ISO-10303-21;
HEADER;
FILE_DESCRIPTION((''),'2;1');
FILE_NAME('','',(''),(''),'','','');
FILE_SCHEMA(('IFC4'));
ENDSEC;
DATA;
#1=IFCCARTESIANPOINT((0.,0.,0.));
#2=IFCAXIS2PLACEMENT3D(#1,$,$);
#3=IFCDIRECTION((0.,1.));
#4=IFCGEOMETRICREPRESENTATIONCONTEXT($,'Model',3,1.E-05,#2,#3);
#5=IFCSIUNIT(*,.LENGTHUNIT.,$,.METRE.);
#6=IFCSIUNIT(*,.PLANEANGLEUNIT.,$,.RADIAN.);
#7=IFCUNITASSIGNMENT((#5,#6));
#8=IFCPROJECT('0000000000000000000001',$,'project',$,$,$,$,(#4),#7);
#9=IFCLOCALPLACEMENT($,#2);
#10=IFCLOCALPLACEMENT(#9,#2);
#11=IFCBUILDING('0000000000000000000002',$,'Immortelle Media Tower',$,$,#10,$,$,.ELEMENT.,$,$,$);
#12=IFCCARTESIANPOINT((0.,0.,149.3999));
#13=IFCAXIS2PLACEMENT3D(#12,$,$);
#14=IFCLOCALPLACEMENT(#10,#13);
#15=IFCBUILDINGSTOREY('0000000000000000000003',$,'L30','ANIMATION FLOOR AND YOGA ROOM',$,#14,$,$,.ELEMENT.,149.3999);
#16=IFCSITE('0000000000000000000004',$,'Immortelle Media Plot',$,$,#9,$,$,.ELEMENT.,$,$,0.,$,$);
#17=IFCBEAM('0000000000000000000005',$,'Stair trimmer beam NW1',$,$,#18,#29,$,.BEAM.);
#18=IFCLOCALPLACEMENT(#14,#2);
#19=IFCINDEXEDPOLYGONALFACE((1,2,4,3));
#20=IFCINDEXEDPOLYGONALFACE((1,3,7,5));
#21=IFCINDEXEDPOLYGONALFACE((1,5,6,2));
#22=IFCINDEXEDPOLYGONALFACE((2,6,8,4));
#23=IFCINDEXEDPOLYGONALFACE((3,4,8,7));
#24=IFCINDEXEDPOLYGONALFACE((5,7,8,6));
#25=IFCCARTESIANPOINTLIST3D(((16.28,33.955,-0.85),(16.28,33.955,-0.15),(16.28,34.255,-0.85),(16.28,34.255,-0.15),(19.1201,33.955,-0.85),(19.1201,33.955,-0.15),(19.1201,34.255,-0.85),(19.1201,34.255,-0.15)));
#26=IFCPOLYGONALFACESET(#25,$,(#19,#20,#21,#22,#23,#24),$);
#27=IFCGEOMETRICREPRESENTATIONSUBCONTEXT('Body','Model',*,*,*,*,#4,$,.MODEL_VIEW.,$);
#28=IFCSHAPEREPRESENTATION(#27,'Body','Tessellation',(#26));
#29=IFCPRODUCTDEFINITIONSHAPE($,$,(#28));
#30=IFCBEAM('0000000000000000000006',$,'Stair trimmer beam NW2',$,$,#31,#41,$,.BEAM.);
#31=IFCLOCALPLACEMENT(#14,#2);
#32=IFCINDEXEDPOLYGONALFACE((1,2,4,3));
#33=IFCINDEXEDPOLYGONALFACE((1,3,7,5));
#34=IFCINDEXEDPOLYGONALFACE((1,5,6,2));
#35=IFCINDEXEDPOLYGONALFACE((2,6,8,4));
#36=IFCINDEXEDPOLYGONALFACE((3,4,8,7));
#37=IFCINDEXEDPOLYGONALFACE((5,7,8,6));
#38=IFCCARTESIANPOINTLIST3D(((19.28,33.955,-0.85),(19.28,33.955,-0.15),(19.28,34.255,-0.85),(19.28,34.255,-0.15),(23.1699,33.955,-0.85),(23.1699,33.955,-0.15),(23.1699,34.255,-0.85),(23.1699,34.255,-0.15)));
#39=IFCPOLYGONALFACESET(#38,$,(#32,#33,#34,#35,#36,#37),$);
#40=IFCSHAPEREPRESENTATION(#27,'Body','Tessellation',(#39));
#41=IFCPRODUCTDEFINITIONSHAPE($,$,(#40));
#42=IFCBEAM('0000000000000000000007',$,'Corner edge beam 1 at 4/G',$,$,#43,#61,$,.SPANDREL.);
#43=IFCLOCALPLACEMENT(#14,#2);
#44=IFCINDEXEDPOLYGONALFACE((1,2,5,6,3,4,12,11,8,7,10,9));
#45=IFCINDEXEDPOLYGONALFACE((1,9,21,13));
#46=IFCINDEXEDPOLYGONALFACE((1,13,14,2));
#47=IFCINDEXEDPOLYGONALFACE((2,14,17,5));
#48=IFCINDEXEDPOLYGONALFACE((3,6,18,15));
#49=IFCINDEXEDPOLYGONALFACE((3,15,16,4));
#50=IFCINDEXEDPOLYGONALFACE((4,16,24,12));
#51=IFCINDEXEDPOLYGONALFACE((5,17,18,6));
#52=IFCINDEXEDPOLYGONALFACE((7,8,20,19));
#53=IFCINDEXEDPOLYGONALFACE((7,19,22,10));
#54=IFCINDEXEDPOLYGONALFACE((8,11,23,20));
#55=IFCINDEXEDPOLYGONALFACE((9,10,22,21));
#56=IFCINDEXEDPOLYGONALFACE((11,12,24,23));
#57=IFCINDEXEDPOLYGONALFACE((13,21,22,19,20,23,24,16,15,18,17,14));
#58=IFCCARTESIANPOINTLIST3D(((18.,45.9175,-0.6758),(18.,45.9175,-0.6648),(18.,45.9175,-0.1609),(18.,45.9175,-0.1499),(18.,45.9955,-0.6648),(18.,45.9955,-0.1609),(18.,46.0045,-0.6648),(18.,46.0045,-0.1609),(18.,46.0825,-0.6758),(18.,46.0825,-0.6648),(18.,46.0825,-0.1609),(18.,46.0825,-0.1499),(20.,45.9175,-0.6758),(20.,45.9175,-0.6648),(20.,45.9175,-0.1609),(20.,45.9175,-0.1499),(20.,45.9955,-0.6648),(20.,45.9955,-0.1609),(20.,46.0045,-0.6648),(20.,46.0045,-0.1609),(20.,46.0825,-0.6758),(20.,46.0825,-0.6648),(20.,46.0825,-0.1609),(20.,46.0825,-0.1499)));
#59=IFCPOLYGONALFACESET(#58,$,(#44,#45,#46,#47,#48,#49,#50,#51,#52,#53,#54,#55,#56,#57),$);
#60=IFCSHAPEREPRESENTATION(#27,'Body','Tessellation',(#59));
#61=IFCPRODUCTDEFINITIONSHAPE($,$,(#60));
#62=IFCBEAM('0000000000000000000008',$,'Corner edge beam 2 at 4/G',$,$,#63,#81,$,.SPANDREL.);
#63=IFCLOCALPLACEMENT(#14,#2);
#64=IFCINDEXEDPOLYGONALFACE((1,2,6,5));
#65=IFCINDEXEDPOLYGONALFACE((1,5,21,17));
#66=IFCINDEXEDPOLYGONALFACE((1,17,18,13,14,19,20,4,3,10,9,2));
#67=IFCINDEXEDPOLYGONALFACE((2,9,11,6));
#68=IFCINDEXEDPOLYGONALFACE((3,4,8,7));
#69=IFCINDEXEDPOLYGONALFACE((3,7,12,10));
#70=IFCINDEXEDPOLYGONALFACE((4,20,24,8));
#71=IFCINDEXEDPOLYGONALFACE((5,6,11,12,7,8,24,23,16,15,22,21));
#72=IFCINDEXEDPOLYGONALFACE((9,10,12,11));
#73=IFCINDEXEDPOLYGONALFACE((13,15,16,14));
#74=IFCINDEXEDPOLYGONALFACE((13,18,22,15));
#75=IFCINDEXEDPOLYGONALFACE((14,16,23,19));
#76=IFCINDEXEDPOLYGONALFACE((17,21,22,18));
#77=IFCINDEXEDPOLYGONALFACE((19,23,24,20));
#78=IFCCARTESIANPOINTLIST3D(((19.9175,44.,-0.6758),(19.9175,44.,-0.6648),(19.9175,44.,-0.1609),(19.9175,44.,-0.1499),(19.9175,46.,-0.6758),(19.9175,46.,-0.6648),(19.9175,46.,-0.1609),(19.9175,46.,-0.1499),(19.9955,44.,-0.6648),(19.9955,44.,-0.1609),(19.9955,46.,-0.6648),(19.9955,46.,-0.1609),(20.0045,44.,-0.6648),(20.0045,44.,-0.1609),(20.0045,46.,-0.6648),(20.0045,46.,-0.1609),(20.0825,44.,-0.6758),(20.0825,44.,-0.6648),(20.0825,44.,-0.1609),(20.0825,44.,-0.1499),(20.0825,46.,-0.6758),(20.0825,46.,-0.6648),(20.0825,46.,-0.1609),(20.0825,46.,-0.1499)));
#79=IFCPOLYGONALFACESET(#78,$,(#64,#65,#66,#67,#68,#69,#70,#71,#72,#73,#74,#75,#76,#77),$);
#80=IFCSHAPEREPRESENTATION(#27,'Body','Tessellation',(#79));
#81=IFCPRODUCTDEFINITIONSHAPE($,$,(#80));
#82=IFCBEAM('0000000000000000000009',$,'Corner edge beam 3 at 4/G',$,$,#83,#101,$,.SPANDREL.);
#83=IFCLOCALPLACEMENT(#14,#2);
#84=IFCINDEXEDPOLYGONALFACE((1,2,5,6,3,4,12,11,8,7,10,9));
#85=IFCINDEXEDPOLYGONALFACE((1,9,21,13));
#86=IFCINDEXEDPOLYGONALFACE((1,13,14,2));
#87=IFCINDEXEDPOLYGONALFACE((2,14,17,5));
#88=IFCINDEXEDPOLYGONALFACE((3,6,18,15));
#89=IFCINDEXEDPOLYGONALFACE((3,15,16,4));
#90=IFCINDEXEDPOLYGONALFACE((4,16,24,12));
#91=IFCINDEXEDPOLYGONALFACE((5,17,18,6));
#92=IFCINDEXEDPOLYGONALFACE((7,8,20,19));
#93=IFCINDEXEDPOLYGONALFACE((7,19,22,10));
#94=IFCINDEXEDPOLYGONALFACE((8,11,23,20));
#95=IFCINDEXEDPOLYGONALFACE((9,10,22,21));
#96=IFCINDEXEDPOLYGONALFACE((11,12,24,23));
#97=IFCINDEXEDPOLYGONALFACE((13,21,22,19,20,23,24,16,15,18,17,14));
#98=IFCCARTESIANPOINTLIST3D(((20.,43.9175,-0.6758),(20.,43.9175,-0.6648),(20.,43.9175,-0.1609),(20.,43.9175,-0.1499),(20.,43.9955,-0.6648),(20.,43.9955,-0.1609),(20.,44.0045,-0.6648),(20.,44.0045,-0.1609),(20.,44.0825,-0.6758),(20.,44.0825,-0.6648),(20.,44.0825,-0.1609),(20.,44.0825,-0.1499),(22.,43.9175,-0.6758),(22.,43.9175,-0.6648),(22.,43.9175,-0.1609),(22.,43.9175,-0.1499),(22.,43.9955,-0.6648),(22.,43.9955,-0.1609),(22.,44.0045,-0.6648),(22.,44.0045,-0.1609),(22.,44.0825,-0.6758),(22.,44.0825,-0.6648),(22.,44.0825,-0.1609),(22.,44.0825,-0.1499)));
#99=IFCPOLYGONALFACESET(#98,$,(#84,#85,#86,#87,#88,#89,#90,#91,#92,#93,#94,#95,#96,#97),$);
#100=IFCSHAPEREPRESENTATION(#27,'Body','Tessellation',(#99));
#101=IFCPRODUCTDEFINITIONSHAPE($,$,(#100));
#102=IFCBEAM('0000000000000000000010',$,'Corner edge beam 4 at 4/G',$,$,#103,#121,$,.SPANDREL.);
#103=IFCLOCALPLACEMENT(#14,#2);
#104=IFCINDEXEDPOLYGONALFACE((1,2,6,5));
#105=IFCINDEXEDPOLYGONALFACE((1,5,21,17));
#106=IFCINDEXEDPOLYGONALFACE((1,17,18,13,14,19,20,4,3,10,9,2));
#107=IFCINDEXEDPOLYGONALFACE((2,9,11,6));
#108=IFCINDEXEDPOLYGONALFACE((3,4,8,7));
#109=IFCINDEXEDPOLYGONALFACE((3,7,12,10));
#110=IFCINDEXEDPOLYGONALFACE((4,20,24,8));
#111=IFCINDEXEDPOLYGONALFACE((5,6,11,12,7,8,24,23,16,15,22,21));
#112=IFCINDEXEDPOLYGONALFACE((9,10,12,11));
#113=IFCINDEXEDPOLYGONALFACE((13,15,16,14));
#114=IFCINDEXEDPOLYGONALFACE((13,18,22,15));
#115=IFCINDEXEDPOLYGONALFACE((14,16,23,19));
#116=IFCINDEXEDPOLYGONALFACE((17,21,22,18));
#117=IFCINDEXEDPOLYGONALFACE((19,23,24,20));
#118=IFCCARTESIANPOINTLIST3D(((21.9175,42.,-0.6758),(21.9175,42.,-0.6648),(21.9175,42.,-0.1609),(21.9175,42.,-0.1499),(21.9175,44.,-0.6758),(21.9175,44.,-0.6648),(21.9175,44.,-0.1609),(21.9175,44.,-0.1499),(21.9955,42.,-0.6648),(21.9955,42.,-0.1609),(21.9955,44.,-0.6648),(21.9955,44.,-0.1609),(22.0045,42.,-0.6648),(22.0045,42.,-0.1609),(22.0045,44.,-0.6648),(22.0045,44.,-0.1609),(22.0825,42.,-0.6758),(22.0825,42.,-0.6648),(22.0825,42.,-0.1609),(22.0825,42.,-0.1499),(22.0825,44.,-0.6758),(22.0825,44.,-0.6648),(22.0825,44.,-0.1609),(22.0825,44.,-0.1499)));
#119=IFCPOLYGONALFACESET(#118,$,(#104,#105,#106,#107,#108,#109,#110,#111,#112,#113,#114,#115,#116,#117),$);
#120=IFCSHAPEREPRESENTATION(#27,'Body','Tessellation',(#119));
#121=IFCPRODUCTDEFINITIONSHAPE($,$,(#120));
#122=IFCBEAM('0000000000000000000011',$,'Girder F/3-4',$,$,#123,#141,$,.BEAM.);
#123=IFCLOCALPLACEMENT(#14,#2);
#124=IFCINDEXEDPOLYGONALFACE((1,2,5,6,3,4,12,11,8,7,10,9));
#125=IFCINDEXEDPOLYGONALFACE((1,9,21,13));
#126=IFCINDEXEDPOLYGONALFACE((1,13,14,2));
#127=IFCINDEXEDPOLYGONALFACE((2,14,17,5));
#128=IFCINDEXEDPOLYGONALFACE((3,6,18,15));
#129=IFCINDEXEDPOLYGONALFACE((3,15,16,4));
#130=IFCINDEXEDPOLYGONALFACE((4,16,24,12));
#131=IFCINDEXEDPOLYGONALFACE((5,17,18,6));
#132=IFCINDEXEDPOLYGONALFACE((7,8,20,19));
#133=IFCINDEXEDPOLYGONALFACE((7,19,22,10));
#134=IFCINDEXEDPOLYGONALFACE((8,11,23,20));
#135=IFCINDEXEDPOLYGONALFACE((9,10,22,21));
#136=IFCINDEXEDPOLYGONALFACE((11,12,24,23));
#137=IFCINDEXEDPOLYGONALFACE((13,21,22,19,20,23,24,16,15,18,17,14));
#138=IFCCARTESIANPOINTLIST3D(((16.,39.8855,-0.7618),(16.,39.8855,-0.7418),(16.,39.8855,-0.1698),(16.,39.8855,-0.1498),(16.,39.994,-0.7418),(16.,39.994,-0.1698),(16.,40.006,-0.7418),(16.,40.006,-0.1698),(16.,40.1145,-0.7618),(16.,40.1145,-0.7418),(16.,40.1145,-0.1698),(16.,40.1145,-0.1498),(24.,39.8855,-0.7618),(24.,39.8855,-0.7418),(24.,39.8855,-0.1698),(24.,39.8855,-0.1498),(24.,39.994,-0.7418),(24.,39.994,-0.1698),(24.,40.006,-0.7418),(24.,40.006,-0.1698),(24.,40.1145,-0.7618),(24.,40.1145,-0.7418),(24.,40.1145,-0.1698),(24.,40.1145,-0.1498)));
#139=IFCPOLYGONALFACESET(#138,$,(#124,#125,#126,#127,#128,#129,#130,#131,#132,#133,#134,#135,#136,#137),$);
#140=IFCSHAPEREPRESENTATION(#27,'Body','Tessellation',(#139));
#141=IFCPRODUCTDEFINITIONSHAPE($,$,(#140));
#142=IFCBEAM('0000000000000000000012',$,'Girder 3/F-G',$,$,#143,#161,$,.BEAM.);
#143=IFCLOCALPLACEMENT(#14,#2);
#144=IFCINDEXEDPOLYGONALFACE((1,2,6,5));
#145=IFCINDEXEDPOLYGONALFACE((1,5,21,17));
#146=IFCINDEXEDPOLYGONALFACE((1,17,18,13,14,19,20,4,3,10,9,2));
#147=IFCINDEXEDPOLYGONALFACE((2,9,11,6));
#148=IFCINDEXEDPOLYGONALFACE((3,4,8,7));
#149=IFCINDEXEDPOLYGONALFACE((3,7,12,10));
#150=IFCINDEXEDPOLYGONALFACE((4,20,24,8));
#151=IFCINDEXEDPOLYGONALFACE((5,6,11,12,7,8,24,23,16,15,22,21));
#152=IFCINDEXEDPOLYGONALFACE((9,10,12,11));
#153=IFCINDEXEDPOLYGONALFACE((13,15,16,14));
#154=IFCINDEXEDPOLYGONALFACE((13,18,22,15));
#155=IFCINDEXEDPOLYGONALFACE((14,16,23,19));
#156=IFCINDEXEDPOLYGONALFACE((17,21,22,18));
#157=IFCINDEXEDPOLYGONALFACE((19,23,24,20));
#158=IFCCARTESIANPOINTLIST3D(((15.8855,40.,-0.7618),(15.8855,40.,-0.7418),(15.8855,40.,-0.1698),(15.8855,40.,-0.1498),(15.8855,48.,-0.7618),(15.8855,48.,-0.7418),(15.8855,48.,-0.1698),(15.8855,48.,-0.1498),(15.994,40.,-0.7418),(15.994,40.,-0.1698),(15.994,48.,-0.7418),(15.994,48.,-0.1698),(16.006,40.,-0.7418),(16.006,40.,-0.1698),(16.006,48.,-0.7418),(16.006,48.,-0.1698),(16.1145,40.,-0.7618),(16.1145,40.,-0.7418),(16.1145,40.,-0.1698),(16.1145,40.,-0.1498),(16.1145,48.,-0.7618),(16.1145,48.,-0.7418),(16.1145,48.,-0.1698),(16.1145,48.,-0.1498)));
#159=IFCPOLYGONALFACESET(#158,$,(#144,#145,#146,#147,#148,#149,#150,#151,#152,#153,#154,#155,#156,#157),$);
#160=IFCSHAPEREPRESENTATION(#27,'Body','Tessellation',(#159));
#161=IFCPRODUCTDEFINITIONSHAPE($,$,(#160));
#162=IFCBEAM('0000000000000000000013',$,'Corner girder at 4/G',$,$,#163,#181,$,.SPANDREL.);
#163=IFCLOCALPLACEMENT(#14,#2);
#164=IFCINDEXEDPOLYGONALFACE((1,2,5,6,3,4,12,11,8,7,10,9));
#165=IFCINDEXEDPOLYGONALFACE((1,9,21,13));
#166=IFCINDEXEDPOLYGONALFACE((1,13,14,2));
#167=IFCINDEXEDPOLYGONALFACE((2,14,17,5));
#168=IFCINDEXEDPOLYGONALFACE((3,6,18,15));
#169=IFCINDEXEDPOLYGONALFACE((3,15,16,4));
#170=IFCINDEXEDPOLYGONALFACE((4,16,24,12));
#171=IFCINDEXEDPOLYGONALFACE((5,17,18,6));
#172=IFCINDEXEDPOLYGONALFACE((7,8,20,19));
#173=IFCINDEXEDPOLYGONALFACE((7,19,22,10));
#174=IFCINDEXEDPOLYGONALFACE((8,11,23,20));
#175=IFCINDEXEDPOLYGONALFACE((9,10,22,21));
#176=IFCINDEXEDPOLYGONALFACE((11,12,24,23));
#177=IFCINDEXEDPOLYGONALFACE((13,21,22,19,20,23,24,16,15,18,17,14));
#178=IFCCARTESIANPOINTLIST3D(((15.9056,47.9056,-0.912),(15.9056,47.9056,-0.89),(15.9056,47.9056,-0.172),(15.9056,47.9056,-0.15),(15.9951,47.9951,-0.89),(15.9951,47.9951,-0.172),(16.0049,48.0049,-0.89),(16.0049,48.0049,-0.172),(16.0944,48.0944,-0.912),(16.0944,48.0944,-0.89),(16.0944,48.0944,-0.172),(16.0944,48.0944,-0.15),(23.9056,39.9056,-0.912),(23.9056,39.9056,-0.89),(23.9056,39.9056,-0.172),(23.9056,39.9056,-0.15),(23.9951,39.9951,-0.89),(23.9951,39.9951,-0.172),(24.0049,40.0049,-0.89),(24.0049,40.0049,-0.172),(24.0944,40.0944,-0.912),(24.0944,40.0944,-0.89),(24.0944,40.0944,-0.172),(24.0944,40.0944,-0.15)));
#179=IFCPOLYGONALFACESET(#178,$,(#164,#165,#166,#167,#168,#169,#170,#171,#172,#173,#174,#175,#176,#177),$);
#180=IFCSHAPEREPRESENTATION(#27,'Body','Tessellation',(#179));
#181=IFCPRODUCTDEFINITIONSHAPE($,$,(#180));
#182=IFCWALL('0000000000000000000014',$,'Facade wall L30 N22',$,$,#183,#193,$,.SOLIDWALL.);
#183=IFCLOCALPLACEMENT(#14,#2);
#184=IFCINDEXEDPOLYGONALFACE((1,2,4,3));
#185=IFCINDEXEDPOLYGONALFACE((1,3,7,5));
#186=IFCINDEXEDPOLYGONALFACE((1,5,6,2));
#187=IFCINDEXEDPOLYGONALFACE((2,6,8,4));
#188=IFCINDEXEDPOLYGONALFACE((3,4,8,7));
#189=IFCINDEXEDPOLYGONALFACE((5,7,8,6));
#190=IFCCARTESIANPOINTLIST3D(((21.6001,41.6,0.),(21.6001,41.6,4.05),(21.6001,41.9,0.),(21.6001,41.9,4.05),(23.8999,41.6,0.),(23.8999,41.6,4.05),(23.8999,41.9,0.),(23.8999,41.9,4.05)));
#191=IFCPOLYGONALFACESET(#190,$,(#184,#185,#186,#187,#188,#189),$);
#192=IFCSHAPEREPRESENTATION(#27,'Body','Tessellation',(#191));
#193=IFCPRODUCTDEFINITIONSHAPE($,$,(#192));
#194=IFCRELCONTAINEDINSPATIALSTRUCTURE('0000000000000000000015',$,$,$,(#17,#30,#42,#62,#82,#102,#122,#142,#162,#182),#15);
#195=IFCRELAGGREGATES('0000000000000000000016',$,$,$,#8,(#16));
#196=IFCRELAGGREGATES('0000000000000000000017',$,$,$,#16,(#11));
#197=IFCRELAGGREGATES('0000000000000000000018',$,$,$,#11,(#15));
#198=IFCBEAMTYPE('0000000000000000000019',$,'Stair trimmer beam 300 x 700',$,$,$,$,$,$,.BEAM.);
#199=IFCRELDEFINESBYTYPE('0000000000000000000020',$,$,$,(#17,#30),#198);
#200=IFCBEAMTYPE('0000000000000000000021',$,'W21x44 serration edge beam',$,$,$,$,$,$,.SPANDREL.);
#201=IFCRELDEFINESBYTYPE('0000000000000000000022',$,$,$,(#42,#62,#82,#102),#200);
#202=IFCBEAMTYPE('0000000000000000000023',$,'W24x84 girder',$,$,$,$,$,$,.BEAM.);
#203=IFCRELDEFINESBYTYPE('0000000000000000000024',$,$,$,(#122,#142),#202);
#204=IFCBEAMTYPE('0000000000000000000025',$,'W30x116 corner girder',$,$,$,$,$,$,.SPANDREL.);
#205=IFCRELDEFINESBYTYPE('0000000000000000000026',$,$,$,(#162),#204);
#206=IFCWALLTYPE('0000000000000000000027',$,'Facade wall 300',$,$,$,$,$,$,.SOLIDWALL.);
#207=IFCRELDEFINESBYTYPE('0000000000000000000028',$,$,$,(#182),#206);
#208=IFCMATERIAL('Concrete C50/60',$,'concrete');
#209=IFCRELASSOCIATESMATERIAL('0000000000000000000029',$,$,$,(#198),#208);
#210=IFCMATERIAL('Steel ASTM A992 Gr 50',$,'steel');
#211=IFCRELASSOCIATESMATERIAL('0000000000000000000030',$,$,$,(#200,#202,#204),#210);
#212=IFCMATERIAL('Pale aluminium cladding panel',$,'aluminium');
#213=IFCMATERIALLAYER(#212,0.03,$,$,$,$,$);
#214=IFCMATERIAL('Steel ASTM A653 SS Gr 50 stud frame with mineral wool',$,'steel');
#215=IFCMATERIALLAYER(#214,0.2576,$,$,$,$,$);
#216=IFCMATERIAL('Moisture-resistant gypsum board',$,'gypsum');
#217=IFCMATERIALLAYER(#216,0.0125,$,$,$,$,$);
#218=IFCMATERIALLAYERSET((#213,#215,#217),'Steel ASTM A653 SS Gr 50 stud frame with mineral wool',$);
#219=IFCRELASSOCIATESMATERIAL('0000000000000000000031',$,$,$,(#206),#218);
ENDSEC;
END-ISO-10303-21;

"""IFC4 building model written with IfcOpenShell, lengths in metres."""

from ifc_helpers import new_model, si_unit, direction, frame, frame_2d, origin, origin_2d, place, context, subcontext, project, spatial, rectangle, i_section, extrude, material, layer, layer_set, material_profile, profile_set, type_object, element, save


model = new_model("IFC4")

# Units and contexts
model_context = context("Model", 3, precision=1e-05, world=origin(), true_north=direction((0.0, 1.0)))
body_context = subcontext(model_context, "Body", "Model", "MODEL_VIEW")
ifc_project = project(units=[si_unit("LENGTHUNIT", "METRE"), si_unit("PLANEANGLEUNIT", "RADIAN")], contexts=[model_context])

# Site, building, storey
site_placement = place(None, origin())
site = spatial("IfcSite", under=ifc_project, at=site_placement, Name="Immortelle Media Plot", CompositionType="ELEMENT", RefElevation=0.0)
building_placement = place(site_placement, origin())
building = spatial("IfcBuilding", under=site, at=building_placement, Name="Immortelle Media Tower", CompositionType="ELEMENT")
storey_placement = place(building_placement, frame((0.0, 0.0, 149.3999)))
storey = spatial("IfcBuildingStorey", under=building, at=storey_placement, Name="L30", Description="ANIMATION FLOOR AND YOGA ROOM", CompositionType="ELEMENT", Elevation=149.3999)

# Beams
ifc_material_1 = material(Name="Concrete C50/60", Category="concrete")
ifc_material_profile_1 = material_profile(ifc_material_1, rectangle(XDim=0.3, YDim=0.7, at=origin_2d()), Name="RC 300x700")
ifc_profile_set_1 = profile_set([ifc_material_profile_1], Name="Concrete C50/60")
beam_type_1 = type_object("IfcBeamType", Name="Stair trimmer beam 300 x 700", PredefinedType="BEAM", material=ifc_profile_set_1)
beam_1_placement = place(storey_placement, frame((16.28, 34.105, -0.5), z_axis=(1.0, 0.0, 0.0), x_axis=(0.0, 1.0, 0.0)))
element("IfcBeam", 1, at=beam_1_placement, inside=storey, type_object=beam_type_1, Name="Stair trimmer beam NW1", PredefinedType="BEAM", context=body_context, shape_type="SweptSolid", body=[
    extrude(rectangle(XDim=0.3, YDim=0.7, at=origin_2d()), origin(), (0.0, 0.0, 1.0), 2.8401),
])
beam_2_placement = place(storey_placement, frame((19.28, 34.105, -0.5), z_axis=(1.0, 0.0, 0.0), x_axis=(0.0, 1.0, 0.0)))
element("IfcBeam", 2, at=beam_2_placement, inside=storey, type_object=beam_type_1, Name="Stair trimmer beam NW2", PredefinedType="BEAM", context=body_context, shape_type="SweptSolid", body=[
    extrude(rectangle(XDim=0.3, YDim=0.7, at=origin_2d()), origin(), (0.0, 0.0, 1.0), 3.8899),
])
ifc_material_2 = material(Name="Steel ASTM A992 Gr 50", Category="steel")
ifc_material_profile_2 = material_profile(ifc_material_2, i_section(OverallWidth=0.165, OverallDepth=0.5259, WebThickness=0.009, FlangeThickness=0.011, at=origin_2d()), Name="W21x44")
ifc_profile_set_2 = profile_set([ifc_material_profile_2], Name="Steel ASTM A992 Gr 50")
beam_type_2 = type_object("IfcBeamType", Name="W21x44 serration edge beam", PredefinedType="SPANDREL", material=ifc_profile_set_2)
for number, where, z_axis, x_axis, name in (
    (3, (18.0, 46.0, -0.4128), (1.0, 0.0, 0.0), (0.0, 1.0, 0.0), "Corner edge beam 1 at 4/G"),
    (4, (20.0, 46.0, -0.4128), (0.0, -1.0, 0.0), (1.0, 0.0, 0.0), "Corner edge beam 2 at 4/G"),
    (5, (20.0, 44.0, -0.4128), (1.0, 0.0, 0.0), (0.0, 1.0, 0.0), "Corner edge beam 3 at 4/G"),
    (6, (22.0, 44.0, -0.4128), (0.0, -1.0, 0.0), (1.0, 0.0, 0.0), "Corner edge beam 4 at 4/G"),
):
    element("IfcBeam", number, at=place(storey_placement, frame(where, z_axis=z_axis, x_axis=x_axis)), inside=storey, type_object=beam_type_2, Name=name, PredefinedType="SPANDREL", context=body_context, shape_type="SweptSolid", body=[
        extrude(i_section(OverallWidth=0.165, OverallDepth=0.5259, WebThickness=0.009, FlangeThickness=0.011, at=origin_2d()), origin(), (0.0, 0.0, 1.0), 2.0),
    ])
ifc_material_profile_3 = material_profile(ifc_material_2, i_section(OverallWidth=0.229, OverallDepth=0.6121, WebThickness=0.012, FlangeThickness=0.02, at=origin_2d()), Name="W24x84")
ifc_profile_set_3 = profile_set([ifc_material_profile_3], Name="Steel ASTM A992 Gr 50")
beam_type_3 = type_object("IfcBeamType", Name="W24x84 girder", PredefinedType="BEAM", material=ifc_profile_set_3)
for number, where, z_axis, x_axis, name in (
    (7, (16.0, 40.0, -0.4558), (1.0, 0.0, 0.0), (0.0, 1.0, 0.0), "Girder F/3-4"),
    (8, (16.0, 40.0, -0.4558), (0.0, 1.0, 0.0), (-1.0, 0.0, 0.0), "Girder 3/F-G"),
):
    element("IfcBeam", number, at=place(storey_placement, frame(where, z_axis=z_axis, x_axis=x_axis)), inside=storey, type_object=beam_type_3, Name=name, PredefinedType="BEAM", context=body_context, shape_type="SweptSolid", body=[
        extrude(i_section(OverallWidth=0.229, OverallDepth=0.6121, WebThickness=0.012, FlangeThickness=0.02, at=origin_2d()), origin(), (0.0, 0.0, 1.0), 8.0),
    ])
ifc_material_profile_4 = material_profile(ifc_material_2, i_section(OverallWidth=0.2671, OverallDepth=0.762, WebThickness=0.0139, FlangeThickness=0.022, at=origin_2d()), Name="W30x116")
ifc_profile_set_4 = profile_set([ifc_material_profile_4], Name="Steel ASTM A992 Gr 50")
beam_type_4 = type_object("IfcBeamType", Name="W30x116 corner girder", PredefinedType="SPANDREL", material=ifc_profile_set_4)
beam_3_placement = place(storey_placement, frame((16.0, 48.0, -0.531), z_axis=(0.707107, -0.707107, 0.0), x_axis=(0.707107, 0.707107, 0.0)))
element("IfcBeam", 9, at=beam_3_placement, inside=storey, type_object=beam_type_4, Name="Corner girder at 4/G", PredefinedType="SPANDREL", context=body_context, shape_type="SweptSolid", body=[
    extrude(i_section(OverallWidth=0.2671, OverallDepth=0.762, WebThickness=0.0139, FlangeThickness=0.022, at=origin_2d()), origin(), (0.0, 0.0, 1.0), 11.3137),
])

# Wall
ifc_material_3 = material(Name="Pale aluminium cladding panel", Category="aluminium")
ifc_layer_1 = layer(ifc_material_3, 0.03)
ifc_material_4 = material(Name="Steel ASTM A653 SS Gr 50 stud frame with mineral wool", Category="steel")
ifc_layer_2 = layer(ifc_material_4, 0.2576)
ifc_material_5 = material(Name="Moisture-resistant gypsum board", Category="gypsum")
ifc_layer_3 = layer(ifc_material_5, 0.0125)
ifc_layer_set_1 = layer_set([ifc_layer_1, ifc_layer_2, ifc_layer_3], Name="Steel ASTM A653 SS Gr 50 stud frame with mineral wool")
wall_type_1 = type_object("IfcWallType", Name="Facade wall 300", PredefinedType="SOLIDWALL", material=ifc_layer_set_1)
wall_1_placement = place(storey_placement, frame((23.8999, 41.75, 0.0), z_axis=(0.0, 0.0, 1.0), x_axis=(-1.0, 0.0, 0.0)))
element("IfcWall", 10, at=wall_1_placement, inside=storey, type_object=wall_type_1, Name="Facade wall L30 N22", PredefinedType="SOLIDWALL", context=body_context, shape_type="SweptSolid", body=[
    extrude(rectangle(XDim=2.2998, YDim=0.3, at=frame_2d((1.1499, 0.0))), origin(), (0.0, 0.0, 1.0), 4.05),
])

save(model, "model.ifc")
